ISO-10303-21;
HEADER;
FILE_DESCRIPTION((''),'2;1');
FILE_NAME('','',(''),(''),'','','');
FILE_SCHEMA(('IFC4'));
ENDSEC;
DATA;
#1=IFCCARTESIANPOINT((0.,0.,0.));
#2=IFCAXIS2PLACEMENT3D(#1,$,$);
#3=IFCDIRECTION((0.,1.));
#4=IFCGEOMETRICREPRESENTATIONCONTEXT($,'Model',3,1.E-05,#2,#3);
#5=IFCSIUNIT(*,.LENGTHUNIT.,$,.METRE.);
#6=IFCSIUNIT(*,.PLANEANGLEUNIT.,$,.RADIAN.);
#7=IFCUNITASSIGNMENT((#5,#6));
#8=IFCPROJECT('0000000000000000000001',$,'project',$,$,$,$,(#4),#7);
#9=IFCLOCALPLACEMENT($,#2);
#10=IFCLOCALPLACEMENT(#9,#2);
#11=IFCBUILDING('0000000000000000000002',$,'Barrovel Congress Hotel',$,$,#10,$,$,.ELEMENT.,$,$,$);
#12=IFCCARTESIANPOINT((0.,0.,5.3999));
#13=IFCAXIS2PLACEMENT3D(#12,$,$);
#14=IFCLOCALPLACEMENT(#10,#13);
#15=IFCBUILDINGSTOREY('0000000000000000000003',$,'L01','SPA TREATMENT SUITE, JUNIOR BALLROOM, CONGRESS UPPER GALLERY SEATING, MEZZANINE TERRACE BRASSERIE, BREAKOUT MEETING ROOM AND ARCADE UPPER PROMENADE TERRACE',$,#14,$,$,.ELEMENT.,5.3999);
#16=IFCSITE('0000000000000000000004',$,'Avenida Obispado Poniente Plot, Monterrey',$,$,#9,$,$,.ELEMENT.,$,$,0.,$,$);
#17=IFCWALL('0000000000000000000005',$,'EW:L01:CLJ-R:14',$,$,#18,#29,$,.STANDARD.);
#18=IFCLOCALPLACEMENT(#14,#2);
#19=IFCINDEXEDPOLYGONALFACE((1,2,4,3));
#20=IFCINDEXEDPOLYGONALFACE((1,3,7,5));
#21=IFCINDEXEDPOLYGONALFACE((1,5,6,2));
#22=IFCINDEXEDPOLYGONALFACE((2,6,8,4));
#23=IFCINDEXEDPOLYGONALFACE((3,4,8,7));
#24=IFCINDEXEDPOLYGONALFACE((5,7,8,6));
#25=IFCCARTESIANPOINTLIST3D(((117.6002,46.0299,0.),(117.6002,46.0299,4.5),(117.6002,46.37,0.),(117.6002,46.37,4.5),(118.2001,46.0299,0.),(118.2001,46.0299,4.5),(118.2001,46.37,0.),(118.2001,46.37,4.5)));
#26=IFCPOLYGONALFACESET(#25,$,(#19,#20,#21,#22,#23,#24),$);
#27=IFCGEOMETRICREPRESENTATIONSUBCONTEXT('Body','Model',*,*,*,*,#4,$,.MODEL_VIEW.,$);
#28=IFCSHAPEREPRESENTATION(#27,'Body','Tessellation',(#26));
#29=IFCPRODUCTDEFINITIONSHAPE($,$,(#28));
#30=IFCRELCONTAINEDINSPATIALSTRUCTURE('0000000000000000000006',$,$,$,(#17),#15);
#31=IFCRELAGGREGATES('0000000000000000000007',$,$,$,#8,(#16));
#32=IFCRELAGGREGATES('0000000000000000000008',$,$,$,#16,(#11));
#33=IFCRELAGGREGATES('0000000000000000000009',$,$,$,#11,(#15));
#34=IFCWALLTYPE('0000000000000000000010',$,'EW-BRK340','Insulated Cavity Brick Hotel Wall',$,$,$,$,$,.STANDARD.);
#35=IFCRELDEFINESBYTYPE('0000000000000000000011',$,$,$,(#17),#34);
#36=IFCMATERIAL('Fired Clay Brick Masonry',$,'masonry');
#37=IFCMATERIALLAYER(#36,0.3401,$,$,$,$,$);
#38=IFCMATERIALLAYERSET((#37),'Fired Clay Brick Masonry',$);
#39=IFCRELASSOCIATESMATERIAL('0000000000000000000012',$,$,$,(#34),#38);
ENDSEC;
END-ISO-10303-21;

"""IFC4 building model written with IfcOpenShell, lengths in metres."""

from ifc_helpers import new_model, si_unit, direction, frame, frame_2d, origin, place, context, subcontext, project, spatial, rectangle, extrude, material, layer, layer_set, type_object, element, save


model = new_model("IFC4")

# Units and contexts
model_context = context("Model", 3, precision=1e-05, world=origin(), true_north=direction((0.0, 1.0)))
body_context = subcontext(model_context, "Body", "Model", "MODEL_VIEW")
ifc_project = project(units=[si_unit("LENGTHUNIT", "METRE"), si_unit("PLANEANGLEUNIT", "RADIAN")], contexts=[model_context])

# Site, building, storey
site_placement = place(None, origin())
site = spatial("IfcSite", under=ifc_project, at=site_placement, Name="Avenida Obispado Poniente Plot, Monterrey", CompositionType="ELEMENT", RefElevation=0.0)
building_placement = place(site_placement, origin())
building = spatial("IfcBuilding", under=site, at=building_placement, Name="Barrovel Congress Hotel", CompositionType="ELEMENT")
storey_placement = place(building_placement, frame((0.0, 0.0, 5.3999)))
storey = spatial("IfcBuildingStorey", under=building, at=storey_placement, Name="L01", Description="SPA TREATMENT SUITE, JUNIOR BALLROOM, CONGRESS UPPER GALLERY SEATING, MEZZANINE TERRACE BRASSERIE, BREAKOUT MEETING ROOM AND ARCADE UPPER PROMENADE TERRACE", CompositionType="ELEMENT", Elevation=5.3999)

# Wall
ifc_material_1 = material(Name="Fired Clay Brick Masonry", Category="masonry")
ifc_layer_1 = layer(ifc_material_1, 0.3401)
ifc_layer_set_1 = layer_set([ifc_layer_1], Name="Fired Clay Brick Masonry")
wall_type = type_object("IfcWallType", Name="EW-BRK340", Description="Insulated Cavity Brick Hotel Wall", PredefinedType="STANDARD", material=ifc_layer_set_1)
wall_1_placement = place(storey_placement, frame((118.2, 46.2, 0.0), z_axis=(0.0, 0.0, 1.0), x_axis=(-1.0, 0.0, 0.0)))
element("IfcWall", 1, at=wall_1_placement, inside=storey, type_object=wall_type, Name="EW:L01:CLJ-R:14", PredefinedType="STANDARD", context=body_context, shape_type="SweptSolid", body=[
    extrude(rectangle(XDim=0.5999, YDim=0.3401, at=frame_2d((0.2998, 0.0))), origin(), (0.0, 0.0, 1.0), 4.5),
])

save(model, "model.ifc")
